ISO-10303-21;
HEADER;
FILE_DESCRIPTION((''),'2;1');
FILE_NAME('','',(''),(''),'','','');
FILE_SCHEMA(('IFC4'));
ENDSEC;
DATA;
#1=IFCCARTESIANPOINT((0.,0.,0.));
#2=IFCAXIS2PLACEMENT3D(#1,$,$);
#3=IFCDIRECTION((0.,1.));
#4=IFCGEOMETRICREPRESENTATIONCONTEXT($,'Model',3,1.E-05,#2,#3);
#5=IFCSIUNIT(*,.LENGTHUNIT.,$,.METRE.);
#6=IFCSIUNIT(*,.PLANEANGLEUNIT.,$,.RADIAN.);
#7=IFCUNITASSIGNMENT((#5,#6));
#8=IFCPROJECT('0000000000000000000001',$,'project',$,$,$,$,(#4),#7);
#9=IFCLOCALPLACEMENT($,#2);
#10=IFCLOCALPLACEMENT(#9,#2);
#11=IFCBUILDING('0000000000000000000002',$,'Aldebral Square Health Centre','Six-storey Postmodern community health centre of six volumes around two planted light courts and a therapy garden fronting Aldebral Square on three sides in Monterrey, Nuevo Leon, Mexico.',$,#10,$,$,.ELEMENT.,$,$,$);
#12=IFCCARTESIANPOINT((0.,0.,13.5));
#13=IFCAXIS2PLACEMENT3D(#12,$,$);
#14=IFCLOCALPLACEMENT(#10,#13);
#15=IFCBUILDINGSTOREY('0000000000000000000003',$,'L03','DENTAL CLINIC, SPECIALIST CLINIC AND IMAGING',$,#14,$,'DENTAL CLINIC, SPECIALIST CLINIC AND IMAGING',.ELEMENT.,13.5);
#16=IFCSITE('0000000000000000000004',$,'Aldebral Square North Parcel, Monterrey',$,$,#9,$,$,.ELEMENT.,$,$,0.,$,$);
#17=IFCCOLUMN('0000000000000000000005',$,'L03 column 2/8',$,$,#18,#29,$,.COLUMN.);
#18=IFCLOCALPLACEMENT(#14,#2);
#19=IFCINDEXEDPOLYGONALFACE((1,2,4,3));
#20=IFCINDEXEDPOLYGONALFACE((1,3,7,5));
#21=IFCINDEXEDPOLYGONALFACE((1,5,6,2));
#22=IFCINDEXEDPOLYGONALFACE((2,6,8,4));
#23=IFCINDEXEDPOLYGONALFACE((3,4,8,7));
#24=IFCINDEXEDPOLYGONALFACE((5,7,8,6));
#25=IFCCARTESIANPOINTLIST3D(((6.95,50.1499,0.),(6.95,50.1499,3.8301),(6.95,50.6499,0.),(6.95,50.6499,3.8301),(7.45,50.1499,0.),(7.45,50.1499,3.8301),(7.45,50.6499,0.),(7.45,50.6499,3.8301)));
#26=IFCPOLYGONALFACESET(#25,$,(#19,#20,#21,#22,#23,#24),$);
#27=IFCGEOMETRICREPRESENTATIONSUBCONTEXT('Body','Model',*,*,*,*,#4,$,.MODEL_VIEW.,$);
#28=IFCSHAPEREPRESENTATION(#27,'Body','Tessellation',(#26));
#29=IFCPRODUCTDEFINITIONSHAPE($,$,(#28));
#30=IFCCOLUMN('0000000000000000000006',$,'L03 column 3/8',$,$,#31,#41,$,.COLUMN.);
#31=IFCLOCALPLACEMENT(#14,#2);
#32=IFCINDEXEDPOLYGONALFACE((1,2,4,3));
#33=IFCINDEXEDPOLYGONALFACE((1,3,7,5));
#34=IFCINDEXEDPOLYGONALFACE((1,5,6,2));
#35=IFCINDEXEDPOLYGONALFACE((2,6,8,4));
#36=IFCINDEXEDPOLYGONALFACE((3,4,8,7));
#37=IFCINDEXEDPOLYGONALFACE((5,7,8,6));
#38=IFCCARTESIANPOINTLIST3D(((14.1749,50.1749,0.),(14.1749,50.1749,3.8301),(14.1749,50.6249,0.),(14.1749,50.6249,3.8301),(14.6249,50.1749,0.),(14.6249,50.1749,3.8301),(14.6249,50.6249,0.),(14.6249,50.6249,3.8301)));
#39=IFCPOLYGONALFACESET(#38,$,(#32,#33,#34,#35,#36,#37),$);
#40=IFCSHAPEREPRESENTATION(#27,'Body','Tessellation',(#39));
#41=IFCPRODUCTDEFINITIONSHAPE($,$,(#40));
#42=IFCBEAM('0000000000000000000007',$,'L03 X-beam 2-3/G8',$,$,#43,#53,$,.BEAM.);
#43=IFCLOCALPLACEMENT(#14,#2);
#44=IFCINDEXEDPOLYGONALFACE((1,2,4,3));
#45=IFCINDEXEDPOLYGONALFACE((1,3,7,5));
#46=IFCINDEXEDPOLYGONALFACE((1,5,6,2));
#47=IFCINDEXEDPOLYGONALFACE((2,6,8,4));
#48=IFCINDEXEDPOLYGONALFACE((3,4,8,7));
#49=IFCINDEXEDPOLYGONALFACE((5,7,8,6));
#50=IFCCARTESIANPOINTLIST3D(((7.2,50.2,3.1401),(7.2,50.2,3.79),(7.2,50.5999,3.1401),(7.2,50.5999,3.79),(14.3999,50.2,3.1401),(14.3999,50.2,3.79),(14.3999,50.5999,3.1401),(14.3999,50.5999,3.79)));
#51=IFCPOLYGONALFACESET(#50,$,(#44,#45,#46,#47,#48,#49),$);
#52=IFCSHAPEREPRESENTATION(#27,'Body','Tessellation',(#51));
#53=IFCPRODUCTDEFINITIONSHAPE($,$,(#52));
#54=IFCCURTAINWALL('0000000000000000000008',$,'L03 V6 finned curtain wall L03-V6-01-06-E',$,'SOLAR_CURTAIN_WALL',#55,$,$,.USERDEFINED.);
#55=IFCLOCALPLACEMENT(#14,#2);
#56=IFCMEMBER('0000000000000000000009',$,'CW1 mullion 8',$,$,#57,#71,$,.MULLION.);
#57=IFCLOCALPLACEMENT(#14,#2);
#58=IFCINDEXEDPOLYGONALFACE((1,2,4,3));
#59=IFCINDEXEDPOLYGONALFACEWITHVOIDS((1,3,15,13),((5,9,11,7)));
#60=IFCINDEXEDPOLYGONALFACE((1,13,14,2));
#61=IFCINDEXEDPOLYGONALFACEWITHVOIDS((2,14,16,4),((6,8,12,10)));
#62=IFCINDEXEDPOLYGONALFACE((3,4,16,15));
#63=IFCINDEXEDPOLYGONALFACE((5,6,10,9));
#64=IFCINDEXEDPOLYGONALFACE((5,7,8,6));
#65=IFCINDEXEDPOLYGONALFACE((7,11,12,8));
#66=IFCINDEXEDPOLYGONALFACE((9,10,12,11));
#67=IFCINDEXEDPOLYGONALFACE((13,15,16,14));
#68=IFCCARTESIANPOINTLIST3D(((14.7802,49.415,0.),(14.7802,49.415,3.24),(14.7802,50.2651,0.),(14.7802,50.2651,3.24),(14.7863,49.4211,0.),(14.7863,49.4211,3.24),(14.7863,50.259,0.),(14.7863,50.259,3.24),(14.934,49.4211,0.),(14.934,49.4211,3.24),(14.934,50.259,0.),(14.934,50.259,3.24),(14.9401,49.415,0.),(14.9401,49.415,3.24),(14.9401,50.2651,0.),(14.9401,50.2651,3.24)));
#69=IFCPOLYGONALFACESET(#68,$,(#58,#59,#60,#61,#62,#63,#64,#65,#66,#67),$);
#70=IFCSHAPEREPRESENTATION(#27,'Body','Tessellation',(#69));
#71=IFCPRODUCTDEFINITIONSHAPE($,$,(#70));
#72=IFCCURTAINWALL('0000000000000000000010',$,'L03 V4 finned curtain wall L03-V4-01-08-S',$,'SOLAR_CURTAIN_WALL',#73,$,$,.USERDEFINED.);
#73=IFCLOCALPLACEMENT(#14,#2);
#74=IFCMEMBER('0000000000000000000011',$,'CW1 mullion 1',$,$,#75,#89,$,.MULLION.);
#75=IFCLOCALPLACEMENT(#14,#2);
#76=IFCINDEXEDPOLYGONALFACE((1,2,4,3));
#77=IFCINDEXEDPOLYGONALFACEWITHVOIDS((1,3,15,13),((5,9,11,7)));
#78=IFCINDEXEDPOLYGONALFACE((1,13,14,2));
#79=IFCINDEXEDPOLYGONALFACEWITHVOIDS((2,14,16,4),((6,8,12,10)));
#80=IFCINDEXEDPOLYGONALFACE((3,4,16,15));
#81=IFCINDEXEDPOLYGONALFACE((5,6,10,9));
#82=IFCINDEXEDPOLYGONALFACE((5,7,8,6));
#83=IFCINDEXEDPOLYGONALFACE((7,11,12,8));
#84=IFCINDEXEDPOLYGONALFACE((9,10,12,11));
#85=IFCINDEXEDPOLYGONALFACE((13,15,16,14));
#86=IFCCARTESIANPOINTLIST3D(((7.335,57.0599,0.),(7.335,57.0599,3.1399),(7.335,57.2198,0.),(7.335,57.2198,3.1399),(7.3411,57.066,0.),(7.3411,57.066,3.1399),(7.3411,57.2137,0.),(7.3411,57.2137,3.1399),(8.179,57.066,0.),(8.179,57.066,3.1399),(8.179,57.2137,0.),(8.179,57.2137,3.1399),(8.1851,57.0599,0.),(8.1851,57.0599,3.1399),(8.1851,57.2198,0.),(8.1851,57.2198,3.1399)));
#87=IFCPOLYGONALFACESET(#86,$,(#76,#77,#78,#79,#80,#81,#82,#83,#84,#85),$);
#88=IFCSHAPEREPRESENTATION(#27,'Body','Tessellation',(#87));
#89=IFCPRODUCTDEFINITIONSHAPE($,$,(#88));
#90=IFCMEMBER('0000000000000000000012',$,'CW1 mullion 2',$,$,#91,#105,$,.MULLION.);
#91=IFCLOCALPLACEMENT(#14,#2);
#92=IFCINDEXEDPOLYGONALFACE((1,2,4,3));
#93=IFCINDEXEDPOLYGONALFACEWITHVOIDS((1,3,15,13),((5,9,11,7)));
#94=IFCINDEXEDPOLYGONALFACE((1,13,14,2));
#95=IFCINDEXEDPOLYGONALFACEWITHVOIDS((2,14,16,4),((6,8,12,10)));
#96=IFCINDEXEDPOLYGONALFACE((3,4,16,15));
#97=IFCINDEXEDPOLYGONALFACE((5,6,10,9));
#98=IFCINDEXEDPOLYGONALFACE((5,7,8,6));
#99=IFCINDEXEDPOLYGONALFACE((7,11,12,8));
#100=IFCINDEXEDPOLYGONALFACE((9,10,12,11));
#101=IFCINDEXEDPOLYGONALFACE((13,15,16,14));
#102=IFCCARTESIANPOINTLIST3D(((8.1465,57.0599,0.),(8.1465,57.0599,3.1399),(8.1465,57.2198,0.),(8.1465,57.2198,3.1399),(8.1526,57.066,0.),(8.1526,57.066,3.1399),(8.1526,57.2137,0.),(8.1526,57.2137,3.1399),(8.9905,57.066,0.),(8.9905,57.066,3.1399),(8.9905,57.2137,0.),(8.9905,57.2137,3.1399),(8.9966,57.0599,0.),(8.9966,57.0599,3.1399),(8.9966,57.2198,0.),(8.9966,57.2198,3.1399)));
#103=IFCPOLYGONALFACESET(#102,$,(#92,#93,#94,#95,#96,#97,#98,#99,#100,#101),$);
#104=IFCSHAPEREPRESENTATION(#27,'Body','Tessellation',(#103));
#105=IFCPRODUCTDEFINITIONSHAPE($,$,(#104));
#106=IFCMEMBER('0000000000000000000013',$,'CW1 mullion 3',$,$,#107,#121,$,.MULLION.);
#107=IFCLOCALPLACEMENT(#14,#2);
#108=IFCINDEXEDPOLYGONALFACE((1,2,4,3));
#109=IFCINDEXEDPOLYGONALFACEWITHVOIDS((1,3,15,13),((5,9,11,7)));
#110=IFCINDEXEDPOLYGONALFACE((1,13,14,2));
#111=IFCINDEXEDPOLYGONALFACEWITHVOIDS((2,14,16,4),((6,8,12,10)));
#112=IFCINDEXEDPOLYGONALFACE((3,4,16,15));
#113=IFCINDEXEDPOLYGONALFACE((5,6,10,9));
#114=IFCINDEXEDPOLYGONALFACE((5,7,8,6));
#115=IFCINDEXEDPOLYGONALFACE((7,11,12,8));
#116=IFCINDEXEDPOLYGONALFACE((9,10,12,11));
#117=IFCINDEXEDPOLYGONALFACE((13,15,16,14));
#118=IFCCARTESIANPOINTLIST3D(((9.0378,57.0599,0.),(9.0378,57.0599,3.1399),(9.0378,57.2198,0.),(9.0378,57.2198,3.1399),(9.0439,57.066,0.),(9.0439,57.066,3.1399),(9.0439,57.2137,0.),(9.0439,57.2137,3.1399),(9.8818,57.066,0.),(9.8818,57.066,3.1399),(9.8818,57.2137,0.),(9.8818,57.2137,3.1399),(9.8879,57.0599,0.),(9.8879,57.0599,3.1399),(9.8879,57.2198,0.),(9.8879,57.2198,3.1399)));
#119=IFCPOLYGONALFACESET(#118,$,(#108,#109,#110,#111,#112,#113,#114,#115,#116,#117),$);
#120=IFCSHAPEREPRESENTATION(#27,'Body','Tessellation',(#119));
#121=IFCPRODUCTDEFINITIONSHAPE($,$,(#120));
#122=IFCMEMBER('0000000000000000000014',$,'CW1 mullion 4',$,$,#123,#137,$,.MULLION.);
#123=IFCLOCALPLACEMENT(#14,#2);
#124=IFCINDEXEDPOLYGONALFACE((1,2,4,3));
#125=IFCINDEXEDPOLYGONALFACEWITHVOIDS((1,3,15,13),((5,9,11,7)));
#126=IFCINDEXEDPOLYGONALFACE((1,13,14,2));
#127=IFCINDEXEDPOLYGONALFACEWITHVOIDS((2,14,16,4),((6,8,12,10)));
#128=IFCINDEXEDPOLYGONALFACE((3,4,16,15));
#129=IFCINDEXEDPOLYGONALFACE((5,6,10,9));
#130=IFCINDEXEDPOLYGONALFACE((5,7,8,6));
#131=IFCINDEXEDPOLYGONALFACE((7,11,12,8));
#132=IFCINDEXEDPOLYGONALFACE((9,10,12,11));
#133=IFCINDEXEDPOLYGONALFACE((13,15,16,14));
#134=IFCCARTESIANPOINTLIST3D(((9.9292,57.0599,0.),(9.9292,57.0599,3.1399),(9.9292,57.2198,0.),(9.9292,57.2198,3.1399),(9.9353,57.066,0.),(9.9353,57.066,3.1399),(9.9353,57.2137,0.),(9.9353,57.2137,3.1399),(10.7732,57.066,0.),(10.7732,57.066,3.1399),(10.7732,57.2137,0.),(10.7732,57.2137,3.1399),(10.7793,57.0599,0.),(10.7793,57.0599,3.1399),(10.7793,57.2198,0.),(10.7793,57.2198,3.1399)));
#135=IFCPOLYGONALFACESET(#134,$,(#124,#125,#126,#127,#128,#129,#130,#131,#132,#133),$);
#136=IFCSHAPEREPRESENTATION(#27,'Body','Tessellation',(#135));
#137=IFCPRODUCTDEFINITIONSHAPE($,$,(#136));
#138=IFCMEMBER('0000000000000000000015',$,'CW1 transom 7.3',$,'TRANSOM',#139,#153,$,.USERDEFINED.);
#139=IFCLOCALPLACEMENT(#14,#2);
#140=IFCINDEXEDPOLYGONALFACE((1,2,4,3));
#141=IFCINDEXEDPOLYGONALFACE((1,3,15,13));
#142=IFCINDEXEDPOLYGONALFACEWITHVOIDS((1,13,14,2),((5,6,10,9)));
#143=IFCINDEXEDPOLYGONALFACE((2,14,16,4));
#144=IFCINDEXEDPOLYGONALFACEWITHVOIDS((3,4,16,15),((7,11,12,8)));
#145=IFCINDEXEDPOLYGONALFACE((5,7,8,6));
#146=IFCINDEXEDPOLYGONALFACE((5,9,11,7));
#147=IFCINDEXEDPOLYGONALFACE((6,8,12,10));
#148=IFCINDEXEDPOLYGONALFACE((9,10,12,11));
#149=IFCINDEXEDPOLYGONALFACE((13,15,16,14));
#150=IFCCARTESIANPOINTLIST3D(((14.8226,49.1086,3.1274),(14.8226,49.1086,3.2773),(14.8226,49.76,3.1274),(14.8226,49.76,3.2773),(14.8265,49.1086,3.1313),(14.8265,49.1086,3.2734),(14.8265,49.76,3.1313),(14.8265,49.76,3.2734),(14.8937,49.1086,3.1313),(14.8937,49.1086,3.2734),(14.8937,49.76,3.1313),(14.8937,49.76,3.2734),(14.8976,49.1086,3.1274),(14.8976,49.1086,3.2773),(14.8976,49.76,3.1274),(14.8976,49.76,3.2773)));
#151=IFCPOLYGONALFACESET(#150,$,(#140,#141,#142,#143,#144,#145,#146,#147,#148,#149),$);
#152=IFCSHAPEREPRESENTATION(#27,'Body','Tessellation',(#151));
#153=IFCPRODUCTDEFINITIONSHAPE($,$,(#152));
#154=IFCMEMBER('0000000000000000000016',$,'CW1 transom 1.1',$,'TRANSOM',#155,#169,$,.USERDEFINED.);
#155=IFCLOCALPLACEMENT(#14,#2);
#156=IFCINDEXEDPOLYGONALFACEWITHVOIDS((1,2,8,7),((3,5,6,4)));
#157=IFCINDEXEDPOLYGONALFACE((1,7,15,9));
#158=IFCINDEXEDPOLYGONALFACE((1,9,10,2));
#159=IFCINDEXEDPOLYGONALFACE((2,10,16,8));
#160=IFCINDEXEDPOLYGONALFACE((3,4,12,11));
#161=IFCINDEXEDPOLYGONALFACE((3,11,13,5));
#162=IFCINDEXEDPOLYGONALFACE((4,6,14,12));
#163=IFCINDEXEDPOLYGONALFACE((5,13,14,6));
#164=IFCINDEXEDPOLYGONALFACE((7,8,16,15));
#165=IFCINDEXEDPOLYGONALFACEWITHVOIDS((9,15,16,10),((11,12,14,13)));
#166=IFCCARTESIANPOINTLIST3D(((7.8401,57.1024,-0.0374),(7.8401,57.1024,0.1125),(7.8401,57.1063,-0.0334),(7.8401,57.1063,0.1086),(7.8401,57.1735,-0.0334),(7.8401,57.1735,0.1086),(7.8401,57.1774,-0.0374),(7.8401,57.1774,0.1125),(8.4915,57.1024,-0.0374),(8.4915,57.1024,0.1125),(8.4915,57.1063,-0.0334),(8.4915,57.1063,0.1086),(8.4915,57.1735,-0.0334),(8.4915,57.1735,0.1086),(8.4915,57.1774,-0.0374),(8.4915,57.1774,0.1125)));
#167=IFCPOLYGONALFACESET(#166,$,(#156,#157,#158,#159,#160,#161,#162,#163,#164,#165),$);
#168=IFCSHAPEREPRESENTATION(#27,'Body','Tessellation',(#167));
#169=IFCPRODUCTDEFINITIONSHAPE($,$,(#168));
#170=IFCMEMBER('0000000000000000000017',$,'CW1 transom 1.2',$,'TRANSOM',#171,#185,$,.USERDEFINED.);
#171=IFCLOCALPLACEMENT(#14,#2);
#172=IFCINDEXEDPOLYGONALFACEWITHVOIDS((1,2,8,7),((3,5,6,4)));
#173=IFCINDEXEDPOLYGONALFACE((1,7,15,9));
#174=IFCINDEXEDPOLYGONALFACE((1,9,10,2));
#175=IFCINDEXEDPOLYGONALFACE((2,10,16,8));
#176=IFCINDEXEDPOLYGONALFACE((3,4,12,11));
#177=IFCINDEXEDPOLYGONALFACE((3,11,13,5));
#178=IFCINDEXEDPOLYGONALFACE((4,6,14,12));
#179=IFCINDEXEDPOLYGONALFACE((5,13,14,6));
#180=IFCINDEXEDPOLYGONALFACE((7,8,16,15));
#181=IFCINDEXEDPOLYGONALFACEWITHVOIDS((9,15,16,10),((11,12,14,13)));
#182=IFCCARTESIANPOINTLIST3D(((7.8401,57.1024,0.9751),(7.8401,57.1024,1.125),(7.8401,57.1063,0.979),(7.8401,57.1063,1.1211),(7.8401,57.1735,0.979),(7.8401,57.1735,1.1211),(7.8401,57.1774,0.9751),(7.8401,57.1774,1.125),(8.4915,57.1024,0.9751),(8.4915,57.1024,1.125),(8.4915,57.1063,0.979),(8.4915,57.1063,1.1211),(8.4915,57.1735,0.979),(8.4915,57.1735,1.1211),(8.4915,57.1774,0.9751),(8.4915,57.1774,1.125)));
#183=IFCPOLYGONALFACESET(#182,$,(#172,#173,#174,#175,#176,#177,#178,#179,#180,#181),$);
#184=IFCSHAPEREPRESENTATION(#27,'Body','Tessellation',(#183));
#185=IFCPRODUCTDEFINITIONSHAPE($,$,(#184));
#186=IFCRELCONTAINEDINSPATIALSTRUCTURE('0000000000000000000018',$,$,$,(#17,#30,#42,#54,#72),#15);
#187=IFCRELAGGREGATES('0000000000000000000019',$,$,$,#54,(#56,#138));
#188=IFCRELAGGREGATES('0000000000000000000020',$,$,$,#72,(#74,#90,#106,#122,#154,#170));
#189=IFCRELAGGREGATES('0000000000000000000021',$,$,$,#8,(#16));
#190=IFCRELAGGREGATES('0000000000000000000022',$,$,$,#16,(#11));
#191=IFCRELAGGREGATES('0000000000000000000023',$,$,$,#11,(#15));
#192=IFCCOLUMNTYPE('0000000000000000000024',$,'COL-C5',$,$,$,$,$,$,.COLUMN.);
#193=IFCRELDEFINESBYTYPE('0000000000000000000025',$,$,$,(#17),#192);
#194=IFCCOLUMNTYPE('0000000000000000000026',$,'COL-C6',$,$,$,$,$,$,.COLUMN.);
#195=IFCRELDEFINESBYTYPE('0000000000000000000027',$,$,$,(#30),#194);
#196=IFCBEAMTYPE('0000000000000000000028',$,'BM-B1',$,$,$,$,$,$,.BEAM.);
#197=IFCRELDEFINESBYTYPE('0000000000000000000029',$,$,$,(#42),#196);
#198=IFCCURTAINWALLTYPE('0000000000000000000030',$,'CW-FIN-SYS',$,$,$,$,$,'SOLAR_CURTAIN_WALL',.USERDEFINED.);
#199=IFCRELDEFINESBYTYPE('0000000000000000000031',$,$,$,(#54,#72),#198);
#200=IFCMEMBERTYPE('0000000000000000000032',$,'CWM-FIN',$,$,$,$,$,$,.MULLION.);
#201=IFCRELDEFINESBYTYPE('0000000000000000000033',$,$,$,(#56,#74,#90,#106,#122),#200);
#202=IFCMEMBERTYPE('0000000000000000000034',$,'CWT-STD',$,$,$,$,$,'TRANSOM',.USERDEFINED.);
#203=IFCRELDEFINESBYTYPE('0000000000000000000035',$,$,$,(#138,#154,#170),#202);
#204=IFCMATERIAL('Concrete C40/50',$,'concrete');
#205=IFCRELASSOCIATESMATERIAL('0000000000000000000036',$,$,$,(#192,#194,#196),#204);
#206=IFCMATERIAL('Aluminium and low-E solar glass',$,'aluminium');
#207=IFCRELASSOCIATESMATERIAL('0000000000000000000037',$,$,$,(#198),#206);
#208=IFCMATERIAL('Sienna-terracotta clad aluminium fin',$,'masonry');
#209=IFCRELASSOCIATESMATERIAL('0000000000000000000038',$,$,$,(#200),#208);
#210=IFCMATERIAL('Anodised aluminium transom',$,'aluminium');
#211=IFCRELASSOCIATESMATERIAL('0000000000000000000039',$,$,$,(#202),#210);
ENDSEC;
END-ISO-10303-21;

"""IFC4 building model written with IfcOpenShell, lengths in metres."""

from ifc_helpers import new_model, si_unit, direction, frame, origin, origin_2d, place, context, subcontext, project, spatial, rectangle, hollow_rectangle, extrude, material, material_profile, profile_set, type_object, element, aggregate, save


model = new_model("IFC4")

# Units and contexts
model_context = context("Model", 3, precision=1e-05, world=origin(), true_north=direction((0.0, 1.0)))
body_context = subcontext(model_context, "Body", "Model", "MODEL_VIEW")
ifc_project = project(units=[si_unit("LENGTHUNIT", "METRE"), si_unit("PLANEANGLEUNIT", "RADIAN")], contexts=[model_context])

# Site, building, storey
site_placement = place(None, origin())
site = spatial("IfcSite", under=ifc_project, at=site_placement, Name="Aldebral Square North Parcel, Monterrey", CompositionType="ELEMENT", RefElevation=0.0)
building_placement = place(site_placement, origin())
building = spatial("IfcBuilding", under=site, at=building_placement, Name="Aldebral Square Health Centre", Description="Six-storey Postmodern community health centre of six volumes around two planted light courts and a therapy garden fronting Aldebral Square on three sides in Monterrey, Nuevo Leon, Mexico.", CompositionType="ELEMENT")
storey_placement = place(building_placement, frame((0.0, 0.0, 13.5)))
storey = spatial("IfcBuildingStorey", under=building, at=storey_placement, Name="L03", Description="DENTAL CLINIC, SPECIALIST CLINIC AND IMAGING", LongName="DENTAL CLINIC, SPECIALIST CLINIC AND IMAGING", CompositionType="ELEMENT", Elevation=13.5)

# Columns
ifc_material_1 = material(Name="Concrete C40/50", Category="concrete")
ifc_material_profile_1 = material_profile(ifc_material_1, rectangle(XDim=0.5, YDim=0.5, at=origin_2d()), Name="RC 500x500")
ifc_profile_set_1 = profile_set([ifc_material_profile_1], Name="Concrete C40/50")
column_type_1 = type_object("IfcColumnType", Name="COL-C5", PredefinedType="COLUMN", material=ifc_profile_set_1)
column_1_placement = place(storey_placement, frame((7.2, 50.3999, 0.0), z_axis=(0.0, 0.0, 1.0), x_axis=(1.0, 0.0, 0.0)))
element("IfcColumn", 1, at=column_1_placement, inside=storey, type_object=column_type_1, Name="L03 column 2/8", PredefinedType="COLUMN", context=body_context, shape_type="SweptSolid", body=[
    extrude(rectangle(XDim=0.5, YDim=0.5, at=origin_2d()), origin(), (0.0, 0.0, 1.0), 3.8301),
])
ifc_material_profile_2 = material_profile(ifc_material_1, rectangle(XDim=0.45, YDim=0.45, at=origin_2d()), Name="RC 450x450")
ifc_profile_set_2 = profile_set([ifc_material_profile_2], Name="Concrete C40/50")
column_type_2 = type_object("IfcColumnType", Name="COL-C6", PredefinedType="COLUMN", material=ifc_profile_set_2)
column_2_placement = place(storey_placement, frame((14.3999, 50.3999, 0.0), z_axis=(0.0, 0.0, 1.0), x_axis=(1.0, 0.0, 0.0)))
element("IfcColumn", 2, at=column_2_placement, inside=storey, type_object=column_type_2, Name="L03 column 3/8", PredefinedType="COLUMN", context=body_context, shape_type="SweptSolid", body=[
    extrude(rectangle(XDim=0.45, YDim=0.45, at=origin_2d()), origin(), (0.0, 0.0, 1.0), 3.8301),
])

# Beam
ifc_material_profile_3 = material_profile(ifc_material_1, rectangle(XDim=0.3999, YDim=0.6499, at=origin_2d()), Name="RC 400x650")
ifc_profile_set_3 = profile_set([ifc_material_profile_3], Name="Concrete C40/50")
beam_type = type_object("IfcBeamType", Name="BM-B1", PredefinedType="BEAM", material=ifc_profile_set_3)
beam_placement = place(storey_placement, frame((7.2, 50.3999, 3.4651), z_axis=(1.0, 0.0, 0.0), x_axis=(0.0, 1.0, 0.0)))
element("IfcBeam", 3, at=beam_placement, inside=storey, type_object=beam_type, Name="L03 X-beam 2-3/G8", PredefinedType="BEAM", context=body_context, shape_type="SweptSolid", body=[
    extrude(rectangle(XDim=0.3999, YDim=0.6499, at=origin_2d()), origin(), (0.0, 0.0, 1.0), 7.2),
])

# Curtain wall, member
ifc_material_2 = material(Name="Aluminium and low-E solar glass", Category="aluminium")
curtain_wall_type = type_object("IfcCurtainWallType", Name="CW-FIN-SYS", ElementType="SOLAR_CURTAIN_WALL", PredefinedType="USERDEFINED", material=ifc_material_2)
curtain_wall_1_placement = place(storey_placement, origin())
curtain_wall_1 = element("IfcCurtainWall", 4, at=curtain_wall_1_placement, inside=storey, type_object=curtain_wall_type, Name="L03 V6 finned curtain wall L03-V6-01-06-E", ObjectType="SOLAR_CURTAIN_WALL", PredefinedType="USERDEFINED")
ifc_material_3 = material(Name="Sienna-terracotta clad aluminium fin", Category="masonry")
ifc_material_profile_4 = material_profile(ifc_material_3, hollow_rectangle(XDim=0.1599, YDim=0.8501, WallThickness=0.0061, at=origin_2d()), Name="FIN 160x850x6")
ifc_profile_set_4 = profile_set([ifc_material_profile_4], Name="Sienna-terracotta clad aluminium fin")
member_type_1 = type_object("IfcMemberType", Name="CWM-FIN", PredefinedType="MULLION", material=ifc_profile_set_4)
member_1_placement = place(storey_placement, frame((14.8601, 49.8401, 0.0), z_axis=(0.0, 0.0, 1.0), x_axis=(-1.0, 0.0, 0.0)))
member_1 = element("IfcMember", 5, at=member_1_placement, type_object=member_type_1, Name="CW1 mullion 8", PredefinedType="MULLION", context=body_context, shape_type="SweptSolid", body=[
    extrude(hollow_rectangle(XDim=0.1599, YDim=0.8501, WallThickness=0.0061, at=origin_2d()), origin(), (0.0, 0.0, 1.0), 3.24),
])

# Curtain wall, members
curtain_wall_2_placement = place(storey_placement, origin())
curtain_wall_2 = element("IfcCurtainWall", 6, at=curtain_wall_2_placement, inside=storey, type_object=curtain_wall_type, Name="L03 V4 finned curtain wall L03-V4-01-08-S", ObjectType="SOLAR_CURTAIN_WALL", PredefinedType="USERDEFINED")
member_2_placement = place(storey_placement, frame((7.76, 57.1399, 0.0), z_axis=(0.0, 0.0, 1.0), x_axis=(0.0, 1.0, 0.0)))
member_2 = element("IfcMember", 7, at=member_2_placement, type_object=member_type_1, Name="CW1 mullion 1", PredefinedType="MULLION", context=body_context, shape_type="SweptSolid", body=[
    extrude(hollow_rectangle(XDim=0.1599, YDim=0.8501, WallThickness=0.0061, at=origin_2d()), origin(), (0.0, 0.0, 1.0), 3.1399),
])
member_3_placement = place(storey_placement, frame((8.5715, 57.1399, 0.0), z_axis=(0.0, 0.0, 1.0), x_axis=(0.0, 1.0, 0.0)))
member_3 = element("IfcMember", 8, at=member_3_placement, type_object=member_type_1, Name="CW1 mullion 2", PredefinedType="MULLION", context=body_context, shape_type="SweptSolid", body=[
    extrude(hollow_rectangle(XDim=0.1599, YDim=0.8501, WallThickness=0.0061, at=origin_2d()), origin(), (0.0, 0.0, 1.0), 3.1399),
])
member_4_placement = place(storey_placement, frame((9.4629, 57.1399, 0.0), z_axis=(0.0, 0.0, 1.0), x_axis=(0.0, 1.0, 0.0)))
member_4 = element("IfcMember", 9, at=member_4_placement, type_object=member_type_1, Name="CW1 mullion 3", PredefinedType="MULLION", context=body_context, shape_type="SweptSolid", body=[
    extrude(hollow_rectangle(XDim=0.1599, YDim=0.8501, WallThickness=0.0061, at=origin_2d()), origin(), (0.0, 0.0, 1.0), 3.1399),
])
member_5_placement = place(storey_placement, frame((10.3542, 57.1399, 0.0), z_axis=(0.0, 0.0, 1.0), x_axis=(0.0, 1.0, 0.0)))
member_5 = element("IfcMember", 10, at=member_5_placement, type_object=member_type_1, Name="CW1 mullion 4", PredefinedType="MULLION", context=body_context, shape_type="SweptSolid", body=[
    extrude(hollow_rectangle(XDim=0.1599, YDim=0.8501, WallThickness=0.0061, at=origin_2d()), origin(), (0.0, 0.0, 1.0), 3.1399),
])

# Members
ifc_material_4 = material(Name="Anodised aluminium transom", Category="aluminium")
ifc_material_profile_5 = material_profile(ifc_material_4, hollow_rectangle(XDim=0.075, YDim=0.1499, WallThickness=0.0039, at=origin_2d()), Name="CWT 75x150x4")
ifc_profile_set_5 = profile_set([ifc_material_profile_5], Name="Anodised aluminium transom")
member_type_2 = type_object("IfcMemberType", Name="CWT-STD", ElementType="TRANSOM", PredefinedType="USERDEFINED", material=ifc_profile_set_5)
member_6_placement = place(storey_placement, frame((14.8601, 49.1086, 3.2024), z_axis=(0.0, 1.0, 0.0), x_axis=(-1.0, 0.0, 0.0)))
member_6 = element("IfcMember", 11, at=member_6_placement, type_object=member_type_2, Name="CW1 transom 7.3", ObjectType="TRANSOM", PredefinedType="USERDEFINED", context=body_context, shape_type="SweptSolid", body=[
    extrude(hollow_rectangle(XDim=0.075, YDim=0.1499, WallThickness=0.0039, at=origin_2d()), origin(), (0.0, 0.0, 1.0), 0.6514),
])
member_7_placement = place(storey_placement, frame((7.8401, 57.1399, 0.0376), z_axis=(1.0, 0.0, 0.0), x_axis=(0.0, 1.0, 0.0)))
member_7 = element("IfcMember", 12, at=member_7_placement, type_object=member_type_2, Name="CW1 transom 1.1", ObjectType="TRANSOM", PredefinedType="USERDEFINED", context=body_context, shape_type="SweptSolid", body=[
    extrude(hollow_rectangle(XDim=0.075, YDim=0.1499, WallThickness=0.0039, at=origin_2d()), origin(), (0.0, 0.0, 1.0), 0.6514),
])
member_8_placement = place(storey_placement, frame((7.8401, 57.1399, 1.05), z_axis=(1.0, 0.0, 0.0), x_axis=(0.0, 1.0, 0.0)))
member_8 = element("IfcMember", 13, at=member_8_placement, type_object=member_type_2, Name="CW1 transom 1.2", ObjectType="TRANSOM", PredefinedType="USERDEFINED", context=body_context, shape_type="SweptSolid", body=[
    extrude(hollow_rectangle(XDim=0.075, YDim=0.1499, WallThickness=0.0039, at=origin_2d()), origin(), (0.0, 0.0, 1.0), 0.6514),
])

aggregate(curtain_wall_1, [member_1, member_6])
aggregate(curtain_wall_2, [member_2, member_3, member_4, member_5, member_7, member_8])

save(model, "model.ifc")
